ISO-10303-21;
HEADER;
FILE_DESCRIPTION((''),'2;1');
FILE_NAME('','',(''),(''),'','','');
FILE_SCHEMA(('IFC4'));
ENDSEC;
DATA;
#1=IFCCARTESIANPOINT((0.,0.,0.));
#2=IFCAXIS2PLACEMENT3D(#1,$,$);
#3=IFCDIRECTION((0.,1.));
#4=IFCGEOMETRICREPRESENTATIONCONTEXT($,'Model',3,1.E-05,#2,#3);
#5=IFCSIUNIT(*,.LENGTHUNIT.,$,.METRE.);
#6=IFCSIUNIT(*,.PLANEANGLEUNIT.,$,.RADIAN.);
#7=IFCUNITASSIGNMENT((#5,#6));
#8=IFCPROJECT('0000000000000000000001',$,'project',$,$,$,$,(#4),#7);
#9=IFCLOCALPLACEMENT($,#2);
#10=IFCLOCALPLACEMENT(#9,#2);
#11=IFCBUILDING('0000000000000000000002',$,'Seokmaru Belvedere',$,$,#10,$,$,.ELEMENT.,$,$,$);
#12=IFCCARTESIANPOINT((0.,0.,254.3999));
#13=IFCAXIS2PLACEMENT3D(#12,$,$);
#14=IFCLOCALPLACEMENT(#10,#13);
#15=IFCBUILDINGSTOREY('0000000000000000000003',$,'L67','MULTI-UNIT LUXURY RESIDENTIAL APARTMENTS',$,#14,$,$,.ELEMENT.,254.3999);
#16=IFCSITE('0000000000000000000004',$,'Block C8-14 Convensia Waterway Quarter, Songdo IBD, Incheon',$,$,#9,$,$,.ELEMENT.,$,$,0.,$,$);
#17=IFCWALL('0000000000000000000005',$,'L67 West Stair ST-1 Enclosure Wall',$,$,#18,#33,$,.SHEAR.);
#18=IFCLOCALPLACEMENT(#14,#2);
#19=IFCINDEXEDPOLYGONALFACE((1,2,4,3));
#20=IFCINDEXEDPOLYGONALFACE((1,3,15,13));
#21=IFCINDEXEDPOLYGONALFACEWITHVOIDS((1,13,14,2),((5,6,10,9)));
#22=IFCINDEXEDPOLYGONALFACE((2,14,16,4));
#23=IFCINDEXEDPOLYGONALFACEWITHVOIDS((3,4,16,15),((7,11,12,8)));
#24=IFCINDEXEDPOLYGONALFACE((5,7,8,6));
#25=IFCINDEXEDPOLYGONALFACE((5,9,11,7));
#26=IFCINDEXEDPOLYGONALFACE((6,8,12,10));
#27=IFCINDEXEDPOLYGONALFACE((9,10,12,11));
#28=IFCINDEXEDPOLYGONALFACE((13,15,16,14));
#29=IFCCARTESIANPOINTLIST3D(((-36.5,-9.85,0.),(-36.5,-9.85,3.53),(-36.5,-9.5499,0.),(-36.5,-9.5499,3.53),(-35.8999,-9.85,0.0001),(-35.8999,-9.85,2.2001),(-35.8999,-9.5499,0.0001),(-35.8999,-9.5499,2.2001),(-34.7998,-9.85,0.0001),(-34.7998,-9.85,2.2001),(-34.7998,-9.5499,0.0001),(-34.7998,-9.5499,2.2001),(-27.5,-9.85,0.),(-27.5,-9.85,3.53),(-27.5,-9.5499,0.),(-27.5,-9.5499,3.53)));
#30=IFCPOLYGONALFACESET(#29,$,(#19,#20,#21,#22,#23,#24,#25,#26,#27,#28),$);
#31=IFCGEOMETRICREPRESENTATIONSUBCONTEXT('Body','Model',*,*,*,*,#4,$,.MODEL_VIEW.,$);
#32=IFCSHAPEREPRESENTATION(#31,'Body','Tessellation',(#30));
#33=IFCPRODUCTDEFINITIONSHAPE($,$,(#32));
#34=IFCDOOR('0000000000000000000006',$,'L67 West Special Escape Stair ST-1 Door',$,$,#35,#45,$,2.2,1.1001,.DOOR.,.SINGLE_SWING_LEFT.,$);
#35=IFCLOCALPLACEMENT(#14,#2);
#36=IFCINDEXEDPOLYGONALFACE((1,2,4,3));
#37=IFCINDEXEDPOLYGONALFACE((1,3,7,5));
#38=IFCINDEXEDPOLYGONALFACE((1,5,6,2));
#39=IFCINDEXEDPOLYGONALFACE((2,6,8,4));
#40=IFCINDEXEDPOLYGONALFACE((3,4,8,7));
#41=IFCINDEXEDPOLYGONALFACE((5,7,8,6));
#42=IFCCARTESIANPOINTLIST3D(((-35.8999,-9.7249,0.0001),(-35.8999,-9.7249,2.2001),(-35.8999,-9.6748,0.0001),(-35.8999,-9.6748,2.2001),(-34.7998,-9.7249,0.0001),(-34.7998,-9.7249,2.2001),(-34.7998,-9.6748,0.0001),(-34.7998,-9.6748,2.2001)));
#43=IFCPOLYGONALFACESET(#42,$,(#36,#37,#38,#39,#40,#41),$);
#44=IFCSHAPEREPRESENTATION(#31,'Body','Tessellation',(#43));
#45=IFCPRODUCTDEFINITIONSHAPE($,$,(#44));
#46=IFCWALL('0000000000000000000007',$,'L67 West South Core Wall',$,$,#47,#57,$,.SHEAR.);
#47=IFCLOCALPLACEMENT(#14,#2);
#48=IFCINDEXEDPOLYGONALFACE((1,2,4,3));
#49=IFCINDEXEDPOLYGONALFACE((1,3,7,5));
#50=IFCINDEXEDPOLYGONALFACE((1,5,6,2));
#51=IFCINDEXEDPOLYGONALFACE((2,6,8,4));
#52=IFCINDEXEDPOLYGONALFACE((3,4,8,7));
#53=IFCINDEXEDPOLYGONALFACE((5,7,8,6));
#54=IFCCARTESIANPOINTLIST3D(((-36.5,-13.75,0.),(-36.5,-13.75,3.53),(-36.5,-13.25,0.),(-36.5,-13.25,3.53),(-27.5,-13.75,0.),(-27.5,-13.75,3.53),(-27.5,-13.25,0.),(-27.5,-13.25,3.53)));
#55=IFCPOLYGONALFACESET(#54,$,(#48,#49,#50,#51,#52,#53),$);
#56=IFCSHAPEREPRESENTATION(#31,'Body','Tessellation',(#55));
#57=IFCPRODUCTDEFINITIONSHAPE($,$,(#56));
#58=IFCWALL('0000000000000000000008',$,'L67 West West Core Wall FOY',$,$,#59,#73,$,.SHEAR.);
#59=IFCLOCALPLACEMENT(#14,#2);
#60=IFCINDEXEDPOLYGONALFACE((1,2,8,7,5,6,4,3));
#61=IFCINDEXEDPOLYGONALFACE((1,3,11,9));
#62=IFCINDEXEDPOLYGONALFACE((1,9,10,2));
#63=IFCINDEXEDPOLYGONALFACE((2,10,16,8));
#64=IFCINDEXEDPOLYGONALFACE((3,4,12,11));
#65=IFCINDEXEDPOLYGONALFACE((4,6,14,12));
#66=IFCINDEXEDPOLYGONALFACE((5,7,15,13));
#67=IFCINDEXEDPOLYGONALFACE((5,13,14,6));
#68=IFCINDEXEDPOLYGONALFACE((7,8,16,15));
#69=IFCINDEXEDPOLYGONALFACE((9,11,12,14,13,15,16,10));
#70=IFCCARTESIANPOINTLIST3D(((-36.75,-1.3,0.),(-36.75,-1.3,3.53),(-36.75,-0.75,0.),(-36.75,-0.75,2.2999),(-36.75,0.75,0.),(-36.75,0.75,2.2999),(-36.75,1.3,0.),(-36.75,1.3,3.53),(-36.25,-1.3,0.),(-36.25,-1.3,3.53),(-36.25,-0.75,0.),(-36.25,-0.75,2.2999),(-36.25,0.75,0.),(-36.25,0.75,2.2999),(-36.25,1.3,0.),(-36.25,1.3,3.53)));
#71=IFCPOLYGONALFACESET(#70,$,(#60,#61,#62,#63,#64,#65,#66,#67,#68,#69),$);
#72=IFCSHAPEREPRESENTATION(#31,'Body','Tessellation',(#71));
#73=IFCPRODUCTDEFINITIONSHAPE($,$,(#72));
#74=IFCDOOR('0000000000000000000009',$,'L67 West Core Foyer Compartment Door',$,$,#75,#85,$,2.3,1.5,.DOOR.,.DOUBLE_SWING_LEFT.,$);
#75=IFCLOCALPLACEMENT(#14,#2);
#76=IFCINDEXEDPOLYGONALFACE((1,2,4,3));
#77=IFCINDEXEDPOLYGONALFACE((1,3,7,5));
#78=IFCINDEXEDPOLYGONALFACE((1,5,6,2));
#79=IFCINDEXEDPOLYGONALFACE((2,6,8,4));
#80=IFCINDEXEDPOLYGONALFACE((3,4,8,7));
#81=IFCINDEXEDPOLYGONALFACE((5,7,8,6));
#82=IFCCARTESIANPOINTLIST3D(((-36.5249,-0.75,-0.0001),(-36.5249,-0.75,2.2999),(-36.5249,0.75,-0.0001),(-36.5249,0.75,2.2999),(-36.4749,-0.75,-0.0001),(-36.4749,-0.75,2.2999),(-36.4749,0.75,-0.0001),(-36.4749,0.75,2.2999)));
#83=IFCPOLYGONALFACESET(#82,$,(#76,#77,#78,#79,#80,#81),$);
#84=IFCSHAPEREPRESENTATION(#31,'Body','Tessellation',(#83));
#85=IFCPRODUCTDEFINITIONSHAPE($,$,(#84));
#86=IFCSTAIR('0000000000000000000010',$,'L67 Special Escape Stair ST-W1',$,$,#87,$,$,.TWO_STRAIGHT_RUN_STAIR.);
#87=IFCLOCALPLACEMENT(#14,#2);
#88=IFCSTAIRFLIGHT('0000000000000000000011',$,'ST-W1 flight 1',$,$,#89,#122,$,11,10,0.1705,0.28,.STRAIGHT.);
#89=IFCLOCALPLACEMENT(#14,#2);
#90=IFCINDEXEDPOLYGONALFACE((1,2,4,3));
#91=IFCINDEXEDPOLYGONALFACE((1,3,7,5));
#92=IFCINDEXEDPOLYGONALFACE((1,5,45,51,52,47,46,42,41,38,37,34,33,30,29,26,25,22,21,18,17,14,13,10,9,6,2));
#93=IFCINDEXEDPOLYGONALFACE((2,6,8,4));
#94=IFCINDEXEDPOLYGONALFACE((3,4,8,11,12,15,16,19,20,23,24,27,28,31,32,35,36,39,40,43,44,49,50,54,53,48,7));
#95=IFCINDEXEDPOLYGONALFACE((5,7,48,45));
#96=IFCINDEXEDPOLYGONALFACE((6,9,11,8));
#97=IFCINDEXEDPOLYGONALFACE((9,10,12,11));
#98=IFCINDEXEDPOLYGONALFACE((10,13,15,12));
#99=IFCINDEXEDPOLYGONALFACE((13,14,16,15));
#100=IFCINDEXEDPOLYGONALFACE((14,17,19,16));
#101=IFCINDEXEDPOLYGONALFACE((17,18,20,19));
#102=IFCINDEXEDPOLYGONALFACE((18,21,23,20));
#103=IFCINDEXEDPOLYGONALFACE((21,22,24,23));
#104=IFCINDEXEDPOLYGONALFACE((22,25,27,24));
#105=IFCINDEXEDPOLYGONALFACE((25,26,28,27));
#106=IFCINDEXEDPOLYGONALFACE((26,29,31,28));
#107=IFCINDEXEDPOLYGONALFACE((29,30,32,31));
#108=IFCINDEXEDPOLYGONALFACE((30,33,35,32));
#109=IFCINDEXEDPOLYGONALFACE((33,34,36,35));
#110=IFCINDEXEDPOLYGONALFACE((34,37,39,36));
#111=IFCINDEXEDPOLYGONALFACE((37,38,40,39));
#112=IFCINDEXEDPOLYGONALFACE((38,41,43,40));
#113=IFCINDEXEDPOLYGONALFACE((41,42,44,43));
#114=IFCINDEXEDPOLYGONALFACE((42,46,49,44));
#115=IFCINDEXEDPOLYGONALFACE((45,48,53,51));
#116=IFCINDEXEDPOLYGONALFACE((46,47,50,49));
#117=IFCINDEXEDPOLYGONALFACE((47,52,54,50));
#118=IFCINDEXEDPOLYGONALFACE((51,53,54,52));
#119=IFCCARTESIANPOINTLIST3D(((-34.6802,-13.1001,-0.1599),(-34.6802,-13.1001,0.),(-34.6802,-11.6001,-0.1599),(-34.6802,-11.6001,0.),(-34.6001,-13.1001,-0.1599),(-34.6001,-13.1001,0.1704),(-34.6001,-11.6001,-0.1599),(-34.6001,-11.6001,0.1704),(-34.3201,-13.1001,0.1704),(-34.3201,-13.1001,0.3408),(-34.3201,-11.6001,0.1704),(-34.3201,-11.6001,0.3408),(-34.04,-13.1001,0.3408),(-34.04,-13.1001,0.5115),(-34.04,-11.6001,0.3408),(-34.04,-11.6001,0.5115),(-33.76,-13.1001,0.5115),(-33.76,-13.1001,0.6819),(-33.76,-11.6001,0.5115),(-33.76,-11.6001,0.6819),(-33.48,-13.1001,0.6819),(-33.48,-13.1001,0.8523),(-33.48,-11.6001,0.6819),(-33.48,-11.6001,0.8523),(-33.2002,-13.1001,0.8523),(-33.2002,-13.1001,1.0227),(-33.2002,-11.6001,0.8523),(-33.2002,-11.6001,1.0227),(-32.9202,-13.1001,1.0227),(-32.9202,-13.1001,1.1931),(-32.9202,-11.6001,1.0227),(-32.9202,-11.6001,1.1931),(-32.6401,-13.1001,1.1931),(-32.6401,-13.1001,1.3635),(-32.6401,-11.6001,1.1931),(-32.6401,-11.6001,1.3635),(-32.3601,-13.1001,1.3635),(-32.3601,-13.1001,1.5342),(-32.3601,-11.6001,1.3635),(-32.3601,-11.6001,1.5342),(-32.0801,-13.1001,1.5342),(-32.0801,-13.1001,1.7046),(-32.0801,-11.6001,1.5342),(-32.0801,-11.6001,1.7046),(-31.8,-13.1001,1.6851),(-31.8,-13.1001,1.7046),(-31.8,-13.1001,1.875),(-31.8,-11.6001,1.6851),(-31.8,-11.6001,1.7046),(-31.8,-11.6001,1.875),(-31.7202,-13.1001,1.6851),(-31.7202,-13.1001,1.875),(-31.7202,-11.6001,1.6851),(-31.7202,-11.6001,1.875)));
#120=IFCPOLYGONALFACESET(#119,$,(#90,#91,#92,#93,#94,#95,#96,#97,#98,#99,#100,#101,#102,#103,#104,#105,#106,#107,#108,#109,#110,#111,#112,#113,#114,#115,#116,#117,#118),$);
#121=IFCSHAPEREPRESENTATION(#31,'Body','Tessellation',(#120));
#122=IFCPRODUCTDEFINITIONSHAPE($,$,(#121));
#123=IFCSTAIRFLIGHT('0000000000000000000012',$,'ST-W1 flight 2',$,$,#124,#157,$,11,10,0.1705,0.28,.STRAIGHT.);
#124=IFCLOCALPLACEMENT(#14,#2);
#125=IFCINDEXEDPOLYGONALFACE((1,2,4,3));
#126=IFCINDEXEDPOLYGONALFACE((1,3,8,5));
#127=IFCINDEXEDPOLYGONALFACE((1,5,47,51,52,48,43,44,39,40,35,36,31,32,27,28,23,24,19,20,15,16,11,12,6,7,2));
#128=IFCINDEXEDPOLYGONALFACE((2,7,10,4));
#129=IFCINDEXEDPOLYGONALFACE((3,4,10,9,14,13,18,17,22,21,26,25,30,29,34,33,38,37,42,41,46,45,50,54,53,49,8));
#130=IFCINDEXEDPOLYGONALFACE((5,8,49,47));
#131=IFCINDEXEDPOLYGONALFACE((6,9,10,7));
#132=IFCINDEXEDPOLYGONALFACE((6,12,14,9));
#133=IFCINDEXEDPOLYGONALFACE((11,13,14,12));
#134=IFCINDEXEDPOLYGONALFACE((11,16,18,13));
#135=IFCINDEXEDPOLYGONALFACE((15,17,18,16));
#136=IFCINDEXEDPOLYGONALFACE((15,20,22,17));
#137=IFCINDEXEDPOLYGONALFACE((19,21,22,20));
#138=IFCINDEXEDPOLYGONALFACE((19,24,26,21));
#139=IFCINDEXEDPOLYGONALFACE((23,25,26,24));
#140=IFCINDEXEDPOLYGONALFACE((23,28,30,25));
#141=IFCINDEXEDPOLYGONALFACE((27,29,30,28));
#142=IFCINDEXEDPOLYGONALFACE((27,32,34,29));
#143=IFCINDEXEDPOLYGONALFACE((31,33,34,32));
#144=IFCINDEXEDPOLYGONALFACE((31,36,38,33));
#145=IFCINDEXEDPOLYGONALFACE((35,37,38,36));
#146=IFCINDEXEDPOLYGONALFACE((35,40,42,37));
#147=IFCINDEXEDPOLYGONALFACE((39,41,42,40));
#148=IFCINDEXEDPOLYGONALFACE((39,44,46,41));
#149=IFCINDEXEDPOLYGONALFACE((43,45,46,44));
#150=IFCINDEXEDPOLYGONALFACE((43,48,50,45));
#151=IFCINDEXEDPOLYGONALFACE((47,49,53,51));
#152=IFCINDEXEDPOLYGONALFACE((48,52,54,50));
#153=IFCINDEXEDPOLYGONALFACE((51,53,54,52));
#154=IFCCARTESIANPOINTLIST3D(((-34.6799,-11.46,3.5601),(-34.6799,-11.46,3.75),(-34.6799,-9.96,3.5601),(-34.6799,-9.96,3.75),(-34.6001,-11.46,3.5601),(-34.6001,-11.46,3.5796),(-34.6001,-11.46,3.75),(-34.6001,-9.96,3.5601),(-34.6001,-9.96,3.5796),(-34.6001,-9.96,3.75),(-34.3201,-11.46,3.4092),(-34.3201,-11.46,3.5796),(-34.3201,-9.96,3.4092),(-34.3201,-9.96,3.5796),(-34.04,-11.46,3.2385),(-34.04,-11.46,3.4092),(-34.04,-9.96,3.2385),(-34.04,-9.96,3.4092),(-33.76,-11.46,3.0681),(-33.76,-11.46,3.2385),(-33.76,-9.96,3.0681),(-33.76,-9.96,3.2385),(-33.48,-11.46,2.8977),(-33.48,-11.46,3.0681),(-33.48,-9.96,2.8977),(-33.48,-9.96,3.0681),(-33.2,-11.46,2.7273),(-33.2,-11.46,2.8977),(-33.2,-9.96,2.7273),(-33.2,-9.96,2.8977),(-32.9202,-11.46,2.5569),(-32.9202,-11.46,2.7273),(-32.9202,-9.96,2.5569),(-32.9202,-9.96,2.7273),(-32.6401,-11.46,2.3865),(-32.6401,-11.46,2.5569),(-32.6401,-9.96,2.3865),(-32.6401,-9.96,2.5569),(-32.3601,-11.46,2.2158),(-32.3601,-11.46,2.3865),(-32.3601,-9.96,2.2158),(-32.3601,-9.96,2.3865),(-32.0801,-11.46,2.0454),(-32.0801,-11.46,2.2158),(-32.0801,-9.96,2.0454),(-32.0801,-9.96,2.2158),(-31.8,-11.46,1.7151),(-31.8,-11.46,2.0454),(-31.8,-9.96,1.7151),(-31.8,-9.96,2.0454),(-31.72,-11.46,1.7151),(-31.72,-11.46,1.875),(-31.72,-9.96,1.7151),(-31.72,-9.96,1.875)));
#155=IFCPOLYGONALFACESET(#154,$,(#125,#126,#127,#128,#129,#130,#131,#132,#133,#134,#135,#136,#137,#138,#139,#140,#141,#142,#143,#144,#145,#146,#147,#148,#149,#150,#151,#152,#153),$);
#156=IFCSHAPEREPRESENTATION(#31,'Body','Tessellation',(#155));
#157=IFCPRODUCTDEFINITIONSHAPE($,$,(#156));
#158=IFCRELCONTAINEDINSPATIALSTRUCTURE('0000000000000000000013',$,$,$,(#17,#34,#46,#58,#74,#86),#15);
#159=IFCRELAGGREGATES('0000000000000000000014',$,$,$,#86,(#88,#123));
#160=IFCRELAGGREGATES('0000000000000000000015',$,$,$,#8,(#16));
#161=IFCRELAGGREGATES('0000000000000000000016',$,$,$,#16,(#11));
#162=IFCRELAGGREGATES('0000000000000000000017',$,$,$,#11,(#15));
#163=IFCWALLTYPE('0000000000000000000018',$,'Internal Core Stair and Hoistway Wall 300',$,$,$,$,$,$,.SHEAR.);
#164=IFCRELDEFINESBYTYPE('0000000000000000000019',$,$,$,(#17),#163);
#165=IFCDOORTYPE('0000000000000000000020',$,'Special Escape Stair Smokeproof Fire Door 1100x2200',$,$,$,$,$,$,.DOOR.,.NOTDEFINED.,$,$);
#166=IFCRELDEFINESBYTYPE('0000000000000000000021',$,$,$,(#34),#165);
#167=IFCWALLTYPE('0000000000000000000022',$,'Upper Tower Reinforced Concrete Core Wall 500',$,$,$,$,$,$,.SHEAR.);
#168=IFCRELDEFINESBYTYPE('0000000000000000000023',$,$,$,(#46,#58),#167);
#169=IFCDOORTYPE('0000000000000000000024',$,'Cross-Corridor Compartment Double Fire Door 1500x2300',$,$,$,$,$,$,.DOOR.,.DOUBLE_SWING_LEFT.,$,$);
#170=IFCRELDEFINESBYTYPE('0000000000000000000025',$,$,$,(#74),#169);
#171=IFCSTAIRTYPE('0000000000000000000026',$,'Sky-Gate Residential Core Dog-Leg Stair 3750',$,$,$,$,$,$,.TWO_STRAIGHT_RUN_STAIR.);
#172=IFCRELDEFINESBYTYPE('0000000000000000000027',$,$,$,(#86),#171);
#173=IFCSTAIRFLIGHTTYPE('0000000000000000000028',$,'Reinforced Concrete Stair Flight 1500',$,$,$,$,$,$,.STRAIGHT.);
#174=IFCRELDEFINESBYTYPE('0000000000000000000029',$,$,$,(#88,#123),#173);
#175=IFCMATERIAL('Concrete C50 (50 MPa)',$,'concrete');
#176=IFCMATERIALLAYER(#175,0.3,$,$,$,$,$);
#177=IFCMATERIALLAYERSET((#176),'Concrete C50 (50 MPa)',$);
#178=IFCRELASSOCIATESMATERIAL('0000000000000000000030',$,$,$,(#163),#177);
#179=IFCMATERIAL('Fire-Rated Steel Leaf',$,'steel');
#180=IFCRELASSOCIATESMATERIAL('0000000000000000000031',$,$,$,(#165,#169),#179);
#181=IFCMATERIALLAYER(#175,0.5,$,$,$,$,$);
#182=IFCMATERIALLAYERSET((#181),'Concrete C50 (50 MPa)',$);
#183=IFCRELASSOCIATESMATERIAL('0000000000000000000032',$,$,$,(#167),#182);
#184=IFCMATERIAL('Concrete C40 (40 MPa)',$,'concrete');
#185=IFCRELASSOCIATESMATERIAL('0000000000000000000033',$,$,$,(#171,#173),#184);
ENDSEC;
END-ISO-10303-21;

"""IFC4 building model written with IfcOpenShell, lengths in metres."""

from ifc_helpers import new_model, si_unit, direction, frame, frame_2d, origin, place, context, subcontext, project, spatial, polyline, rectangle, outline, extrude, source, transform, mapped, material, layer, layer_set, type_object, type_shapes, element, fill, aggregate, save


model = new_model("IFC4")

# Units and contexts
model_context = context("Model", 3, precision=1e-05, world=origin(), true_north=direction((0.0, 1.0)))
body_context = subcontext(model_context, "Body", "Model", "MODEL_VIEW")
ifc_project = project(units=[si_unit("LENGTHUNIT", "METRE"), si_unit("PLANEANGLEUNIT", "RADIAN")], contexts=[model_context])

# Site, building, storey
site_placement = place(None, origin())
site = spatial("IfcSite", under=ifc_project, at=site_placement, Name="Block C8-14 Convensia Waterway Quarter, Songdo IBD, Incheon", CompositionType="ELEMENT", RefElevation=0.0)
building_placement = place(site_placement, origin())
building = spatial("IfcBuilding", under=site, at=building_placement, Name="Seokmaru Belvedere", CompositionType="ELEMENT")
storey_placement = place(building_placement, frame((0.0, 0.0, 254.3999)))
storey = spatial("IfcBuildingStorey", under=building, at=storey_placement, Name="L67", Description="MULTI-UNIT LUXURY RESIDENTIAL APARTMENTS", CompositionType="ELEMENT", Elevation=254.3999)

# Wall, opening, door
ifc_material_1 = material(Name="Concrete C50 (50 MPa)", Category="concrete")
ifc_layer_1 = layer(ifc_material_1, 0.3)
ifc_layer_set_1 = layer_set([ifc_layer_1], Name="Concrete C50 (50 MPa)")
wall_type_1 = type_object("IfcWallType", Name="Internal Core Stair and Hoistway Wall 300", PredefinedType="SHEAR", material=ifc_layer_set_1)
wall_1_placement = place(storey_placement, frame((-36.5, -9.7, 0.0), z_axis=(0.0, 0.0, 1.0), x_axis=(1.0, 0.0, 0.0)))
wall_1 = element("IfcWall", 1, at=wall_1_placement, inside=storey, type_object=wall_type_1, Name="L67 West Stair ST-1 Enclosure Wall", PredefinedType="SHEAR", context=body_context, shape_type="SweptSolid", body=[
    extrude(rectangle(XDim=9.0, YDim=0.3, at=frame_2d((4.5, 0.0))), origin(), (0.0, 0.0, 1.0), 3.53),
])
opening_1_placement = place(wall_1_placement, frame((0.6001, 0.0, 0.0)))
opening_1 = element("IfcOpeningElement", 2, at=opening_1_placement, cuts=wall_1, PredefinedType="OPENING", context=body_context, shape_type="SweptSolid", body=[
    extrude(rectangle(XDim=1.1001, YDim=2.2, at=frame_2d((0.55, 1.1001))), frame((0.0, 0.1602, 0.0), z_axis=(0.0, -1.0, 0.0), x_axis=(1.0, 0.0, 0.0)), (0.0, 0.0, 1.0), 0.3201),
])
ifc_material_2 = material(Name="Fire-Rated Steel Leaf", Category="steel")
door_type_1 = type_object("IfcDoorType", Name="Special Escape Stair Smokeproof Fire Door 1100x2200", OperationType="NOTDEFINED", PredefinedType="DOOR", material=ifc_material_2)
shared_shape_1 = source(origin(), body_context, "Body", "SweptSolid", [
    extrude(rectangle(XDim=1.1001, YDim=2.2, at=frame_2d((0.55, 1.1001))), frame((0.0, 0.0249, 0.0), z_axis=(0.0, -1.0, 0.0), x_axis=(1.0, 0.0, 0.0)), (0.0, 0.0, 1.0), 0.05),
])
type_shapes(door_type_1, [shared_shape_1])
door_1_placement = place(opening_1_placement, frame((1.1001, 0.0, 0.0), z_axis=(0.0, 0.0, 1.0), x_axis=(-1.0, 0.0, 0.0)))
door_1 = element("IfcDoor", 3, at=door_1_placement, inside=storey, type_object=door_type_1, Name="L67 West Special Escape Stair ST-1 Door", OperationType="SINGLE_SWING_LEFT", OverallHeight=2.2, OverallWidth=1.1001, PredefinedType="DOOR", context=body_context, shape_type="MappedRepresentation", body=[
    mapped(shared_shape_1, transform((0.0, 0.0, 0.0), scale=1.0)),
])
fill(opening_1, door_1)

# Wall
ifc_layer_2 = layer(ifc_material_1, 0.5)
ifc_layer_set_2 = layer_set([ifc_layer_2], Name="Concrete C50 (50 MPa)")
wall_type_2 = type_object("IfcWallType", Name="Upper Tower Reinforced Concrete Core Wall 500", PredefinedType="SHEAR", material=ifc_layer_set_2)
wall_2_placement = place(storey_placement, frame((-36.5, -13.5, 0.0), z_axis=(0.0, 0.0, 1.0), x_axis=(1.0, 0.0, 0.0)))
element("IfcWall", 4, at=wall_2_placement, inside=storey, type_object=wall_type_2, Name="L67 West South Core Wall", PredefinedType="SHEAR", context=body_context, shape_type="SweptSolid", body=[
    extrude(rectangle(XDim=9.0, YDim=0.5, at=frame_2d((4.5, 0.0))), origin(), (0.0, 0.0, 1.0), 3.53),
])

# Wall, opening, door
wall_3_placement = place(storey_placement, frame((-36.5, -1.3, 0.0), z_axis=(0.0, 0.0, 1.0), x_axis=(0.0, 1.0, 0.0)))
wall_3 = element("IfcWall", 5, at=wall_3_placement, inside=storey, type_object=wall_type_2, Name="L67 West West Core Wall FOY", PredefinedType="SHEAR", context=body_context, shape_type="SweptSolid", body=[
    extrude(rectangle(XDim=2.6001, YDim=0.5, at=frame_2d((1.3, 0.0))), origin(), (0.0, 0.0, 1.0), 3.53),
])
opening_2_placement = place(wall_3_placement, frame((0.55, 0.0, 0.0)))
opening_2 = element("IfcOpeningElement", 6, at=opening_2_placement, cuts=wall_3, PredefinedType="OPENING", context=body_context, shape_type="SweptSolid", body=[
    extrude(rectangle(XDim=1.5, YDim=2.3, at=frame_2d((0.75, 1.1499))), frame((0.0, 0.26, 0.0), z_axis=(0.0, -1.0, 0.0), x_axis=(1.0, 0.0, 0.0)), (0.0, 0.0, 1.0), 0.52),
])
door_type_2 = type_object("IfcDoorType", Name="Cross-Corridor Compartment Double Fire Door 1500x2300", OperationType="DOUBLE_SWING_LEFT", PredefinedType="DOOR", material=ifc_material_2)
shared_shape_2 = source(origin(), body_context, "Body", "SweptSolid", [
    extrude(rectangle(XDim=1.5, YDim=2.3, at=frame_2d((0.75, 1.1499))), frame((0.0, 0.0249, 0.0), z_axis=(0.0, -1.0, 0.0), x_axis=(1.0, 0.0, 0.0)), (0.0, 0.0, 1.0), 0.05),
])
type_shapes(door_type_2, [shared_shape_2])
door_2_placement = place(opening_2_placement, origin())
door_2 = element("IfcDoor", 7, at=door_2_placement, inside=storey, type_object=door_type_2, Name="L67 West Core Foyer Compartment Door", OperationType="DOUBLE_SWING_LEFT", OverallHeight=2.3, OverallWidth=1.5, PredefinedType="DOOR", context=body_context, shape_type="MappedRepresentation", body=[
    mapped(shared_shape_2, transform((0.0, 0.0, 0.0), scale=1.0)),
])
fill(opening_2, door_2)

# Stair, stair flights
ifc_material_3 = material(Name="Concrete C40 (40 MPa)", Category="concrete")
stair_type = type_object("IfcStairType", Name="Sky-Gate Residential Core Dog-Leg Stair 3750", PredefinedType="TWO_STRAIGHT_RUN_STAIR", material=ifc_material_3)
stair_placement = place(storey_placement, origin())
stair = element("IfcStair", 8, at=stair_placement, inside=storey, type_object=stair_type, Name="L67 Special Escape Stair ST-W1", PredefinedType="TWO_STRAIGHT_RUN_STAIR")
stair_flight_type = type_object("IfcStairFlightType", Name="Reinforced Concrete Stair Flight 1500", PredefinedType="STRAIGHT", material=ifc_material_3)
stair_flight_1_placement = place(storey_placement, frame((-34.6001, -12.3501, 0.0), z_axis=(0.0, 0.0, 1.0), x_axis=(1.0, 0.0, 0.0)))
stair_flight_1 = element("IfcStairFlight", 9, at=stair_flight_1_placement, type_object=stair_flight_type, Name="ST-W1 flight 1", NumberOfRisers=11, NumberOfTreads=10, PredefinedType="STRAIGHT", RiserHeight=0.1705, TreadLength=0.28, context=body_context, shape_type="SweptSolid", body=[
    extrude(outline(polyline([(-0.0801, 0.0), (0.0, 0.1704), (0.28, 0.1704), (0.28, 0.3408), (0.5601, 0.3408), (0.5601, 0.5115), (0.8401, 0.5115), (0.8401, 0.6819), (1.1201, 0.6819), (1.1201, 0.8523), (1.3999, 0.8523), (1.3999, 1.0227), (1.6799, 1.0227), (1.6799, 1.1931), (1.96, 1.1931), (1.96, 1.3635), (2.24, 1.3635), (2.24, 1.5342), (2.52, 1.5342), (2.52, 1.7046), (2.8, 1.7046), (2.8, 1.875), (2.8799, 1.875), (2.8799, 1.6851), (2.8, 1.6851), (0.0, -0.1599), (-0.0801, -0.1599), (-0.0801, 0.0)])), frame((0.0, 0.75, 0.0), z_axis=(0.0, -1.0, 0.0), x_axis=(1.0, 0.0, 0.0)), (0.0, 0.0, 1.0), 1.5),
])
stair_flight_2_placement = place(storey_placement, frame((-31.8, -10.71, 1.875), z_axis=(0.0, 0.0, 1.0), x_axis=(-1.0, 0.0, 0.0)))
stair_flight_2 = element("IfcStairFlight", 10, at=stair_flight_2_placement, type_object=stair_flight_type, Name="ST-W1 flight 2", NumberOfRisers=11, NumberOfTreads=10, PredefinedType="STRAIGHT", RiserHeight=0.1705, TreadLength=0.28, context=body_context, shape_type="SweptSolid", body=[
    extrude(outline(polyline([(-0.0801, 0.0), (0.0, 0.1704), (0.28, 0.1704), (0.28, 0.3408), (0.5601, 0.3408), (0.5601, 0.5115), (0.8401, 0.5115), (0.8401, 0.6819), (1.1201, 0.6819), (1.1201, 0.8523), (1.3999, 0.8523), (1.3999, 1.0227), (1.6799, 1.0227), (1.6799, 1.1931), (1.96, 1.1931), (1.96, 1.3635), (2.24, 1.3635), (2.24, 1.5342), (2.52, 1.5342), (2.52, 1.7046), (2.8, 1.7046), (2.8, 1.875), (2.8799, 1.875), (2.8799, 1.6851), (2.8, 1.6851), (0.0, -0.1599), (-0.0801, -0.1599), (-0.0801, 0.0)])), frame((0.0, 0.75, 0.0), z_axis=(0.0, -1.0, 0.0), x_axis=(1.0, 0.0, 0.0)), (0.0, 0.0, 1.0), 1.5),
])
aggregate(stair, [stair_flight_1, stair_flight_2])

save(model, "model.ifc")
